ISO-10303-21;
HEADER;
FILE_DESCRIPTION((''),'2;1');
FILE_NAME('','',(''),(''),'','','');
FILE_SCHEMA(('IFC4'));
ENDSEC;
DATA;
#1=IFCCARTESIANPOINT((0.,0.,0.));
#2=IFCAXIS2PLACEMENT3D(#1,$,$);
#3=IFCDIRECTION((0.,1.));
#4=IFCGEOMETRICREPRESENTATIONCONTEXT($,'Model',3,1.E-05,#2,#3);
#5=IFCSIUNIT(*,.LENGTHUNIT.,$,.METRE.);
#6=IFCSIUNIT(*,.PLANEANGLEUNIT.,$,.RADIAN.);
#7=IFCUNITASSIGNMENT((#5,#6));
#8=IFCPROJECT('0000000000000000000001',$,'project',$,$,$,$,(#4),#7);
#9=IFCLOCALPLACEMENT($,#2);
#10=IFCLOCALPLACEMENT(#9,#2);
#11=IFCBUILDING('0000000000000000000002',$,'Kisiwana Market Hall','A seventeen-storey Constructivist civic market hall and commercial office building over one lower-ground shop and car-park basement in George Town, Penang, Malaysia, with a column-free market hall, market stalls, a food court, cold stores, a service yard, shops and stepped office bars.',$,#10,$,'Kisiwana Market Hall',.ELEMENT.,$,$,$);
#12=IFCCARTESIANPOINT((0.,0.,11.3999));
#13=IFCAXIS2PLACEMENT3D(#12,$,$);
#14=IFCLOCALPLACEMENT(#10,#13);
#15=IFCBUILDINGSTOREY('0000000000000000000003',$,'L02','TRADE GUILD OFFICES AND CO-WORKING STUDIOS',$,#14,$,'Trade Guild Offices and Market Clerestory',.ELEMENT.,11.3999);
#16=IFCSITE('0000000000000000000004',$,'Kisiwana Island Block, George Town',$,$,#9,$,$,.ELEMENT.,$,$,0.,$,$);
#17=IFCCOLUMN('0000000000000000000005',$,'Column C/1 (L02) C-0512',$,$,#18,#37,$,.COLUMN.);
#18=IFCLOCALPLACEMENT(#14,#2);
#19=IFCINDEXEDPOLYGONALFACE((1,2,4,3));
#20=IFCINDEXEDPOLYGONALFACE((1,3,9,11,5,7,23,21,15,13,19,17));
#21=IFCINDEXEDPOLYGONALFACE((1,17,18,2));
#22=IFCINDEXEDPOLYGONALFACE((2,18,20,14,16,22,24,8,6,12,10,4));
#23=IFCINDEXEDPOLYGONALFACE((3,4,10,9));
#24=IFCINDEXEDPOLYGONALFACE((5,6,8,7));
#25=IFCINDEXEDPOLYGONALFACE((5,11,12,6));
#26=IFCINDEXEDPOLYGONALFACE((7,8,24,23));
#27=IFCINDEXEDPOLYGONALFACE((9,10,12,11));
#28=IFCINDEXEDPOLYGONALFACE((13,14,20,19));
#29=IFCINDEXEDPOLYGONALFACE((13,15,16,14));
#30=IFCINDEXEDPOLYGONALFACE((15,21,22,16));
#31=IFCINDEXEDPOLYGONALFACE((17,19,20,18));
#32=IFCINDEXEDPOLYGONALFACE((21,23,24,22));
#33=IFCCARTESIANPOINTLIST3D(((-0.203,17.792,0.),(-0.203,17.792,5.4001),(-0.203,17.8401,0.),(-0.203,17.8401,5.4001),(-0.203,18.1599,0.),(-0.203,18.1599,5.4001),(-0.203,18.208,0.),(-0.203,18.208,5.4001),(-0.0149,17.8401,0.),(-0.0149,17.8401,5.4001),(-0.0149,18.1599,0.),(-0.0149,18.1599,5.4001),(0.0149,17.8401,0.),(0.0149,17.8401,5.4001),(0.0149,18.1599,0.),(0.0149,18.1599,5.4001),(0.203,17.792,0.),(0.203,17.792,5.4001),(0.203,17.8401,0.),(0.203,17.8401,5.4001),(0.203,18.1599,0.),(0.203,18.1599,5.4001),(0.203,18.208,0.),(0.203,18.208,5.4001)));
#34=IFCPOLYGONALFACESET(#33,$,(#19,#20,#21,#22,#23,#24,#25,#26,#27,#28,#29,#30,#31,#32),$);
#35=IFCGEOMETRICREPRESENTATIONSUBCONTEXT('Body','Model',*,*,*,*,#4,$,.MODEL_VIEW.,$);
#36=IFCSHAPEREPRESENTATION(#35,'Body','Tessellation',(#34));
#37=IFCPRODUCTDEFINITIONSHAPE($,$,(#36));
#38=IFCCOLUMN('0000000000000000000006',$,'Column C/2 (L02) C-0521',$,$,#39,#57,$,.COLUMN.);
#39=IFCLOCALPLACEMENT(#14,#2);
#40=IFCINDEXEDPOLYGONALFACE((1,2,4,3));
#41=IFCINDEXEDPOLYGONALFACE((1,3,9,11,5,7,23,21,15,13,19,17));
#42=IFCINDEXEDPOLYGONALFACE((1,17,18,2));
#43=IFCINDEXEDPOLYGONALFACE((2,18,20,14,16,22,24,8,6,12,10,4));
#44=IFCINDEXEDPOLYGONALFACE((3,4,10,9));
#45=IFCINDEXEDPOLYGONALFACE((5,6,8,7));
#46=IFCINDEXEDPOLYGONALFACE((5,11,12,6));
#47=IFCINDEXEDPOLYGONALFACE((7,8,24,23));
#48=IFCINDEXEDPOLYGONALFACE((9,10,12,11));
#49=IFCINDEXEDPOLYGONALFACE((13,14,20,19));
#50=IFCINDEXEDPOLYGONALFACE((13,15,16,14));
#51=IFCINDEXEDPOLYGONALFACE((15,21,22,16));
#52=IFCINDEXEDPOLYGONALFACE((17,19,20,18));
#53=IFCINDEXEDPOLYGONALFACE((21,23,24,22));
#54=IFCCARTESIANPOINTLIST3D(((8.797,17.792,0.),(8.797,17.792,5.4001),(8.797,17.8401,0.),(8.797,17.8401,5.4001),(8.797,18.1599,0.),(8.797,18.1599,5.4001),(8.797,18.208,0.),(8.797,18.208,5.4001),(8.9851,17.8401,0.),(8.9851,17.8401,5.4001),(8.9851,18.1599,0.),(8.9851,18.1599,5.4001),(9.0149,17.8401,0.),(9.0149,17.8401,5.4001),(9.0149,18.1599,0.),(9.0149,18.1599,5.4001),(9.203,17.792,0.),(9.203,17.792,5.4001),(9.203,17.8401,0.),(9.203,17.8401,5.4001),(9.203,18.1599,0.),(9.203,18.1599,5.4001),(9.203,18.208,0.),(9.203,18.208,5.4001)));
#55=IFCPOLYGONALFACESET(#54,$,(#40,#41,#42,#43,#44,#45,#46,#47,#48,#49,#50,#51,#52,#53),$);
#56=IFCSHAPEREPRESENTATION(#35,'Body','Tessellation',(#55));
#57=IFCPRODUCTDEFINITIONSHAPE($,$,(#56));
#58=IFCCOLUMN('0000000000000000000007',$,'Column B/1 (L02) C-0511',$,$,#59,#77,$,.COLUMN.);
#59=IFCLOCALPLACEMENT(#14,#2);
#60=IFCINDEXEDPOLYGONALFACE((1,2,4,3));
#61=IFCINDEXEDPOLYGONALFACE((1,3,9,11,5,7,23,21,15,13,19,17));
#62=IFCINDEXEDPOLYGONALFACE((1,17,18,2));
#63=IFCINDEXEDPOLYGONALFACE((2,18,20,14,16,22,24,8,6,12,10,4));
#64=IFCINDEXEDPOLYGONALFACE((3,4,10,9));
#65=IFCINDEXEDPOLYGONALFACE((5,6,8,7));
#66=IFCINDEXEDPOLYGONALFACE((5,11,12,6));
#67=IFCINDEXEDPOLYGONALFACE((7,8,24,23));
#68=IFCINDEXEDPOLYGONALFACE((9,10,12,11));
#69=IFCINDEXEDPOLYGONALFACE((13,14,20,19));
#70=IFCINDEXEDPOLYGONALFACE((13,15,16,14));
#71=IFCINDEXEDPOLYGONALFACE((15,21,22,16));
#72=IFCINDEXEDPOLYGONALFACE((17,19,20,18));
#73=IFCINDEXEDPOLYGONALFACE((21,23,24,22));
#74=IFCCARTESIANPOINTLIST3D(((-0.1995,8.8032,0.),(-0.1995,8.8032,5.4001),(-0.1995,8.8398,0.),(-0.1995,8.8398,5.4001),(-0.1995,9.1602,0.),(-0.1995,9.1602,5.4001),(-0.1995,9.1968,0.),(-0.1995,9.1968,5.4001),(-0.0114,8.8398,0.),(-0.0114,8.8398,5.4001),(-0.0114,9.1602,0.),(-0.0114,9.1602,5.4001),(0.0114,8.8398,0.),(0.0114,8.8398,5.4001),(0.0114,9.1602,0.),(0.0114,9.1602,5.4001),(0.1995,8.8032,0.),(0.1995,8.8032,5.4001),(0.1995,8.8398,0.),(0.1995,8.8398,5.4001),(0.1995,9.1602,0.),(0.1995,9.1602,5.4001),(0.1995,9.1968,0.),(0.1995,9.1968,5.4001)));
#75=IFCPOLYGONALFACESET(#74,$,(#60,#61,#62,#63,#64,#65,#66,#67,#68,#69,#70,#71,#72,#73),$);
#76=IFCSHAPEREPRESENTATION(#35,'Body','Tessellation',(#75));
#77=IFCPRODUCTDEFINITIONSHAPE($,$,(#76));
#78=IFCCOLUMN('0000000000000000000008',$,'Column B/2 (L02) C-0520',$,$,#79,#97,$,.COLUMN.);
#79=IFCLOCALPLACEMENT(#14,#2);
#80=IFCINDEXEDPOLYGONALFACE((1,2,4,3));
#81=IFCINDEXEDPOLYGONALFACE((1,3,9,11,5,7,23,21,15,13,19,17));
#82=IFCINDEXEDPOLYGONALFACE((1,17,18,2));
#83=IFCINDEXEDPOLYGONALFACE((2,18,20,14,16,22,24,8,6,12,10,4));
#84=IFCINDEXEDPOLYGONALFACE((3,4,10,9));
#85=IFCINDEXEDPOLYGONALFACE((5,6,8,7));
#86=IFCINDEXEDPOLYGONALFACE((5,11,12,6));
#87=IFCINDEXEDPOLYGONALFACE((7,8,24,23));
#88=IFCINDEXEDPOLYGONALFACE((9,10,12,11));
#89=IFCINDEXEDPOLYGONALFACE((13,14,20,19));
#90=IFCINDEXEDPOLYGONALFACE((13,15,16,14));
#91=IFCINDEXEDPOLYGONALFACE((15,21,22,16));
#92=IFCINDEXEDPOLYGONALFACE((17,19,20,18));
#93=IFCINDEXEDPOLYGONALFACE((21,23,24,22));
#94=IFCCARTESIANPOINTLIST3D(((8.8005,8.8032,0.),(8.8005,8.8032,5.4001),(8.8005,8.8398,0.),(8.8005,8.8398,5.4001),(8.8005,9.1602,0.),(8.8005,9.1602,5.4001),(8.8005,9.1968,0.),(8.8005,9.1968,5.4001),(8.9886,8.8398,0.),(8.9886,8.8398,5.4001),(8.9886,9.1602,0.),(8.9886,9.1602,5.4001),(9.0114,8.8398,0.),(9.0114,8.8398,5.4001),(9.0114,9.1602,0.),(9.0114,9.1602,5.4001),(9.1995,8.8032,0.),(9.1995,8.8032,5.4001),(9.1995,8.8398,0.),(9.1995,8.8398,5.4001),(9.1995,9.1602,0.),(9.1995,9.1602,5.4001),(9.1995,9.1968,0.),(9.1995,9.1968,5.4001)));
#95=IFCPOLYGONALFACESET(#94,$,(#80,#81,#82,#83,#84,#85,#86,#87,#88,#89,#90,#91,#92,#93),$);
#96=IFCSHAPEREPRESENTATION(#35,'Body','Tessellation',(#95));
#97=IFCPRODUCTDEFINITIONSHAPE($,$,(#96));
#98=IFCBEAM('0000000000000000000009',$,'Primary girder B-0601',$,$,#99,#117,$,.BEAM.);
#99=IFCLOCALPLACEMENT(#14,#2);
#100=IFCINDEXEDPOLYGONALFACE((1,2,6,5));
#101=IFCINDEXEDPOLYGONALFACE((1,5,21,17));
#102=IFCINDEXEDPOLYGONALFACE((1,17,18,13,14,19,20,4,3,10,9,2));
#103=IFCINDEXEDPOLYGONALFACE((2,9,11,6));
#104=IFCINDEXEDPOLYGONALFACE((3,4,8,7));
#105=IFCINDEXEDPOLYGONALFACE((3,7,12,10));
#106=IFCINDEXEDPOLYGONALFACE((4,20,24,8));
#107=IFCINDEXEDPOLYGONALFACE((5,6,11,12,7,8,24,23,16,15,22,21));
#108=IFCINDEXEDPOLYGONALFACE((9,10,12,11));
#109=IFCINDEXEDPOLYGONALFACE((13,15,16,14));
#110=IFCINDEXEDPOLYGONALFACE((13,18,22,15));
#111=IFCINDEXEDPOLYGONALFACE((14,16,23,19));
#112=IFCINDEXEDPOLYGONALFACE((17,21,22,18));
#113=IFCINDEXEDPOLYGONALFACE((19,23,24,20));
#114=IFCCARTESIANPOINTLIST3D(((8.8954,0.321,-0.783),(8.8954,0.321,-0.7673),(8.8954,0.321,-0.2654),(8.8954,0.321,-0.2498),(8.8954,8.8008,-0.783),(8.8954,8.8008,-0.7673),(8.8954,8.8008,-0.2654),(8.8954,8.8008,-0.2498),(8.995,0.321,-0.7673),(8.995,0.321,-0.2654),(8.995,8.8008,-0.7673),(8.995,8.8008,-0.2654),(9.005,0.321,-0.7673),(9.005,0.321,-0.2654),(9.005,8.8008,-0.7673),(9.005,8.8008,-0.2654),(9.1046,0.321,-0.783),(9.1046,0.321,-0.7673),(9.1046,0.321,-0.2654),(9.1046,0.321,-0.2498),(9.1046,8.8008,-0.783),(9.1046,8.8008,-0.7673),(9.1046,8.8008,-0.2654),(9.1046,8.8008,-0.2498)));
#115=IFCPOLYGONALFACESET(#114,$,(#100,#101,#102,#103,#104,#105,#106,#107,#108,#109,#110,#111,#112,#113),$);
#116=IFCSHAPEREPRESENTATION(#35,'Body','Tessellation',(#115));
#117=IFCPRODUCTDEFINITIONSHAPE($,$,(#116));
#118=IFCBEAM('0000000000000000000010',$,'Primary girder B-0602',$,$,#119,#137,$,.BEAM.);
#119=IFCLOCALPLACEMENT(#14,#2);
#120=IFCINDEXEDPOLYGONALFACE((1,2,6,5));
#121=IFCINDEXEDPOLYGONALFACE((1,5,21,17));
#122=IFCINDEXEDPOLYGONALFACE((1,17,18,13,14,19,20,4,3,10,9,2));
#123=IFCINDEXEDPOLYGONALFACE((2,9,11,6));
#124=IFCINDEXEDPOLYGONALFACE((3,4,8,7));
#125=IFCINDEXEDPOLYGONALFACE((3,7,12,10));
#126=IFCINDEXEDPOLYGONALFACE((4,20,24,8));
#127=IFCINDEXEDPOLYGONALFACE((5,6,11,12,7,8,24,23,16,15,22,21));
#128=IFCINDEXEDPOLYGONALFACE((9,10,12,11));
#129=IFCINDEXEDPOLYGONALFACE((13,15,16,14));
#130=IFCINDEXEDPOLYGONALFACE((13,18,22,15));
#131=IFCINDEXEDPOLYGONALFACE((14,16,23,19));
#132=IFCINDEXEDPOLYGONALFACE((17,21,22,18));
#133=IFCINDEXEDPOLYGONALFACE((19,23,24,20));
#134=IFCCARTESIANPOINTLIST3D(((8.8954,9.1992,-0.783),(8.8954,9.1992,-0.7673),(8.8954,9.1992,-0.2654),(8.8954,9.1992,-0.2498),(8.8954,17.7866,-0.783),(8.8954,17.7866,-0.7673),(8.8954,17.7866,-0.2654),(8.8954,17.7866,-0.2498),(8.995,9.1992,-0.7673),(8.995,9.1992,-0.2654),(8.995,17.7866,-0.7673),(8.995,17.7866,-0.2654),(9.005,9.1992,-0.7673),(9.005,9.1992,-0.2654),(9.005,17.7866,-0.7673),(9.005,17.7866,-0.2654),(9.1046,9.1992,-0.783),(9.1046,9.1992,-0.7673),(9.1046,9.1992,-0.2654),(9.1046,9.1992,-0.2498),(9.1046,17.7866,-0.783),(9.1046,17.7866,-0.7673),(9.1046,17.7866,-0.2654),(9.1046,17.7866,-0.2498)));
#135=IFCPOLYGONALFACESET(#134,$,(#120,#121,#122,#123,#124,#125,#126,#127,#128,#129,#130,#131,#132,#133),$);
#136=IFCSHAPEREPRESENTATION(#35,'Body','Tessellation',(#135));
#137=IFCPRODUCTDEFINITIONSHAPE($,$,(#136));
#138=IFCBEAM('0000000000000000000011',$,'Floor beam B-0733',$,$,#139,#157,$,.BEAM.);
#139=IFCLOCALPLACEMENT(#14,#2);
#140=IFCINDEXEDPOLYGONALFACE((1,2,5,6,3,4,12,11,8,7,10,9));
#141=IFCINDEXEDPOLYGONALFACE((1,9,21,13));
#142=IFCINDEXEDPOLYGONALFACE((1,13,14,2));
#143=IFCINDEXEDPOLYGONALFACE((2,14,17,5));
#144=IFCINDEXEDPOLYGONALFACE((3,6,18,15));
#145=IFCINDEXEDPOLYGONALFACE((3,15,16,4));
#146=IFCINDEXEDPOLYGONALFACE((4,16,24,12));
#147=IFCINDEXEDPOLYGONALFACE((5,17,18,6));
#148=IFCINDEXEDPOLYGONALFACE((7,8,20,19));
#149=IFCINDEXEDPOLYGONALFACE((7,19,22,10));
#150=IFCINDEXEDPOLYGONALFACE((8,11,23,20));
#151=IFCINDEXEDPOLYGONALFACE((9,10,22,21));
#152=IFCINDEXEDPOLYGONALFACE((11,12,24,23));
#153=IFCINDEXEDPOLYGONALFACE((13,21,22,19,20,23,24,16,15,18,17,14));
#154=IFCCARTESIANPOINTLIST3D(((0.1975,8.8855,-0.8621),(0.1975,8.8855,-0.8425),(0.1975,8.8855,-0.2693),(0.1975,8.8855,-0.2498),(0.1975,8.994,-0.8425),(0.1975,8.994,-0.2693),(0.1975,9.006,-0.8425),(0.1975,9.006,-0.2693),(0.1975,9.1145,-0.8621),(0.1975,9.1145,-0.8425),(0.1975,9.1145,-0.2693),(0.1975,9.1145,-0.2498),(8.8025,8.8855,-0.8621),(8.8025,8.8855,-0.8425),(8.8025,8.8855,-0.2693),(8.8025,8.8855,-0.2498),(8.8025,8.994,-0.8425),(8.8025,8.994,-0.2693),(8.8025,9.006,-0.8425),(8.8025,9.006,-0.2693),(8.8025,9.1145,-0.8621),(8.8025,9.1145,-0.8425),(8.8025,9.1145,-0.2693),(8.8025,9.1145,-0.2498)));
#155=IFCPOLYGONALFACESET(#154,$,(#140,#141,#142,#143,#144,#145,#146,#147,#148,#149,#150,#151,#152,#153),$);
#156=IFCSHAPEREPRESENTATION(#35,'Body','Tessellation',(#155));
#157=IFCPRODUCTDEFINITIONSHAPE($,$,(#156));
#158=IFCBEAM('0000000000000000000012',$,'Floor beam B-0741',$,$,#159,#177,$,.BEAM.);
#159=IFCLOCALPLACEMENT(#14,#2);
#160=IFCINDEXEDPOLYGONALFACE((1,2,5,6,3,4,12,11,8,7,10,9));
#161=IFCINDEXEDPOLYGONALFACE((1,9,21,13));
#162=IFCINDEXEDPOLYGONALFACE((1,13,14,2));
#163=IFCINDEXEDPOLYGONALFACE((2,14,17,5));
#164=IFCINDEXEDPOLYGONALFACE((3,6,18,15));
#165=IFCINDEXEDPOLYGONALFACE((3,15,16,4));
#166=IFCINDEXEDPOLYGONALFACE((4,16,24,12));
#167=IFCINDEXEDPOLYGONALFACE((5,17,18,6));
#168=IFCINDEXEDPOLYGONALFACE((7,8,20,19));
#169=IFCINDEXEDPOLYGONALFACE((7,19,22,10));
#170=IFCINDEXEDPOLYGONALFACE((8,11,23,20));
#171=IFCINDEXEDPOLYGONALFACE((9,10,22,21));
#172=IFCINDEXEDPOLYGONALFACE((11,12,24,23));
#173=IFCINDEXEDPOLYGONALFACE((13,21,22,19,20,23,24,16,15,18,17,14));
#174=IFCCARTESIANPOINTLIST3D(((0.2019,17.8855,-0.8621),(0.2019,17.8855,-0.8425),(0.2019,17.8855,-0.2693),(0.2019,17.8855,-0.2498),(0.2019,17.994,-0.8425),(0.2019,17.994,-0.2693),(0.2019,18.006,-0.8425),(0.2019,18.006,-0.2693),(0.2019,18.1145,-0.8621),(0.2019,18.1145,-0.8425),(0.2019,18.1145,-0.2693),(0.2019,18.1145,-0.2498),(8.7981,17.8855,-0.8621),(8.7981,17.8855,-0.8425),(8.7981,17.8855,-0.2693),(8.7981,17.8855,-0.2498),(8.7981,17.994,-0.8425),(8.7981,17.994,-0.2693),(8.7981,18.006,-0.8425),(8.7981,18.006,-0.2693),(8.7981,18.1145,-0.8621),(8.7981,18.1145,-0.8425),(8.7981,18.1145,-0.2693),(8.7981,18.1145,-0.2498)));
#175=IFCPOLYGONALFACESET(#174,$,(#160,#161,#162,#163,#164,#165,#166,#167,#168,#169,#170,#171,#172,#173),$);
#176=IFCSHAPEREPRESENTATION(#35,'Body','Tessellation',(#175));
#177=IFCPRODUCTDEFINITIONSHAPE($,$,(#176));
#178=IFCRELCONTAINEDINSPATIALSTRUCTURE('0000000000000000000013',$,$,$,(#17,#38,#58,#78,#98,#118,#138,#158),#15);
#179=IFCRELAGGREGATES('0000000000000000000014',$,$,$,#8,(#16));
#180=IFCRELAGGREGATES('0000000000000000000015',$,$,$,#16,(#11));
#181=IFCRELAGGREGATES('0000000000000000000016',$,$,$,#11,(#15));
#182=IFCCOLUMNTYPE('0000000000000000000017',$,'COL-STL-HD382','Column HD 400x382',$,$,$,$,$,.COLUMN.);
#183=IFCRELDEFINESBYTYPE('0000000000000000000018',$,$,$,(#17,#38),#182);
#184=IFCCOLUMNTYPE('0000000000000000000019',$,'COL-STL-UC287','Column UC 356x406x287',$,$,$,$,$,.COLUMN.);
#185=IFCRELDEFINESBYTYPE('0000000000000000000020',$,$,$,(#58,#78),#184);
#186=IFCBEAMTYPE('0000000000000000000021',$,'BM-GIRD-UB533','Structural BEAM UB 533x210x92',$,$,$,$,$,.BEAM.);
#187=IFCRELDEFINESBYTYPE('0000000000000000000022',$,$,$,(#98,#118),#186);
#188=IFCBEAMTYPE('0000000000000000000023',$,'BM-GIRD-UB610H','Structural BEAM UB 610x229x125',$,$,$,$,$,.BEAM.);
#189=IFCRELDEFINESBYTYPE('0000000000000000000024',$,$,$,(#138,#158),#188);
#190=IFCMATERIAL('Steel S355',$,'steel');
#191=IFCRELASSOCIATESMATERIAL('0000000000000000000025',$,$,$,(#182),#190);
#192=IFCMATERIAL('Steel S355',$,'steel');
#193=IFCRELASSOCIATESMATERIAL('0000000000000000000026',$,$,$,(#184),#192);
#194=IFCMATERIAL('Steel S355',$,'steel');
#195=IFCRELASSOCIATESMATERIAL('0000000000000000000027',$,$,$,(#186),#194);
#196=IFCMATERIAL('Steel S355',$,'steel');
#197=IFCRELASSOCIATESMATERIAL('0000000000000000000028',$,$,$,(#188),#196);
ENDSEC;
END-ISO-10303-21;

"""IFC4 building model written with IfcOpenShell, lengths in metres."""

from ifc_helpers import new_model, si_unit, direction, frame, origin, origin_2d, place, context, subcontext, project, spatial, i_section, extrude, material, material_profile, profile_set, type_object, element, save


model = new_model("IFC4")

# Units and contexts
model_context = context("Model", 3, precision=1e-05, world=origin(), true_north=direction((0.0, 1.0)))
body_context = subcontext(model_context, "Body", "Model", "MODEL_VIEW")
ifc_project = project(units=[si_unit("LENGTHUNIT", "METRE"), si_unit("PLANEANGLEUNIT", "RADIAN")], contexts=[model_context])

# Site, building, storey
site_placement = place(None, origin())
site = spatial("IfcSite", under=ifc_project, at=site_placement, Name="Kisiwana Island Block, George Town", CompositionType="ELEMENT", RefElevation=0.0)
building_placement = place(site_placement, origin())
building = spatial("IfcBuilding", under=site, at=building_placement, Name="Kisiwana Market Hall", Description="A seventeen-storey Constructivist civic market hall and commercial office building over one lower-ground shop and car-park basement in George Town, Penang, Malaysia, with a column-free market hall, market stalls, a food court, cold stores, a service yard, shops and stepped office bars.", LongName="Kisiwana Market Hall", CompositionType="ELEMENT")
storey_placement = place(building_placement, frame((0.0, 0.0, 11.3999)))
storey = spatial("IfcBuildingStorey", under=building, at=storey_placement, Name="L02", Description="TRADE GUILD OFFICES AND CO-WORKING STUDIOS", LongName="Trade Guild Offices and Market Clerestory", CompositionType="ELEMENT", Elevation=11.3999)

# Columns
ifc_material_1 = material(Name="Steel S355", Category="steel")
ifc_material_profile_1 = material_profile(ifc_material_1, i_section(OverallWidth=0.406, OverallDepth=0.416, WebThickness=0.0298, FlangeThickness=0.0481, at=origin_2d()), Name="HD 400x382")
ifc_profile_set_1 = profile_set([ifc_material_profile_1], Name="Steel S355")
column_type_1 = type_object("IfcColumnType", Name="COL-STL-HD382", Description="Column HD 400x382", PredefinedType="COLUMN", material=ifc_profile_set_1)
for number, where, z_axis, x_axis, name in (
    (1, (0.0, 18.0, 0.0), (0.0, 0.0, 1.0), (1.0, 0.0, 0.0), "Column C/1 (L02) C-0512"),
    (2, (9.0, 18.0, 0.0), (0.0, 0.0, 1.0), (1.0, 0.0, 0.0), "Column C/2 (L02) C-0521"),
):
    element("IfcColumn", number, at=place(storey_placement, frame(where, z_axis=z_axis, x_axis=x_axis)), inside=storey, type_object=column_type_1, Name=name, PredefinedType="COLUMN", context=body_context, shape_type="SweptSolid", body=[
        extrude(i_section(OverallWidth=0.406, OverallDepth=0.416, WebThickness=0.0298, FlangeThickness=0.0481, at=origin_2d()), origin(), (0.0, 0.0, 1.0), 5.4001),
    ])
ifc_material_2 = material(Name="Steel S355", Category="steel")
ifc_material_profile_2 = material_profile(ifc_material_2, i_section(OverallWidth=0.3989, OverallDepth=0.3936, WebThickness=0.0227, FlangeThickness=0.0366, at=origin_2d()), Name="UC 356x406x287")
ifc_profile_set_2 = profile_set([ifc_material_profile_2], Name="Steel S355")
column_type_2 = type_object("IfcColumnType", Name="COL-STL-UC287", Description="Column UC 356x406x287", PredefinedType="COLUMN", material=ifc_profile_set_2)
for number, where, z_axis, x_axis, name in (
    (3, (0.0, 9.0, 0.0), (0.0, 0.0, 1.0), (1.0, 0.0, 0.0), "Column B/1 (L02) C-0511"),
    (4, (9.0, 9.0, 0.0), (0.0, 0.0, 1.0), (1.0, 0.0, 0.0), "Column B/2 (L02) C-0520"),
):
    element("IfcColumn", number, at=place(storey_placement, frame(where, z_axis=z_axis, x_axis=x_axis)), inside=storey, type_object=column_type_2, Name=name, PredefinedType="COLUMN", context=body_context, shape_type="SweptSolid", body=[
        extrude(i_section(OverallWidth=0.3989, OverallDepth=0.3936, WebThickness=0.0227, FlangeThickness=0.0366, at=origin_2d()), origin(), (0.0, 0.0, 1.0), 5.4001),
    ])

# Beams
ifc_material_3 = material(Name="Steel S355", Category="steel")
ifc_material_profile_3 = material_profile(ifc_material_3, i_section(OverallWidth=0.2092, OverallDepth=0.5332, WebThickness=0.01, FlangeThickness=0.0156, at=origin_2d()), Name="UB 533x210x92")
ifc_profile_set_3 = profile_set([ifc_material_profile_3], Name="Steel S355")
beam_type_1 = type_object("IfcBeamType", Name="BM-GIRD-UB533", Description="Structural BEAM UB 533x210x92", PredefinedType="BEAM", material=ifc_profile_set_3)
beam_1_placement = place(storey_placement, frame((9.0, 0.321, -0.5164), z_axis=(0.0, 1.0, 0.0), x_axis=(-1.0, 0.0, 0.0)))
element("IfcBeam", 5, at=beam_1_placement, inside=storey, type_object=beam_type_1, Name="Primary girder B-0601", PredefinedType="BEAM", context=body_context, shape_type="SweptSolid", body=[
    extrude(i_section(OverallWidth=0.2092, OverallDepth=0.5332, WebThickness=0.01, FlangeThickness=0.0156, at=origin_2d()), origin(), (0.0, 0.0, 1.0), 8.4797),
])
beam_2_placement = place(storey_placement, frame((9.0, 9.1992, -0.5164), z_axis=(0.0, 1.0, 0.0), x_axis=(-1.0, 0.0, 0.0)))
element("IfcBeam", 6, at=beam_2_placement, inside=storey, type_object=beam_type_1, Name="Primary girder B-0602", PredefinedType="BEAM", context=body_context, shape_type="SweptSolid", body=[
    extrude(i_section(OverallWidth=0.2092, OverallDepth=0.5332, WebThickness=0.01, FlangeThickness=0.0156, at=origin_2d()), origin(), (0.0, 0.0, 1.0), 8.5874),
])
ifc_material_4 = material(Name="Steel S355", Category="steel")
ifc_material_profile_4 = material_profile(ifc_material_4, i_section(OverallWidth=0.229, OverallDepth=0.6123, WebThickness=0.012, FlangeThickness=0.0195, at=origin_2d()), Name="UB 610x229x125")
ifc_profile_set_4 = profile_set([ifc_material_profile_4], Name="Steel S355")
beam_type_2 = type_object("IfcBeamType", Name="BM-GIRD-UB610H", Description="Structural BEAM UB 610x229x125", PredefinedType="BEAM", material=ifc_profile_set_4)
beam_3_placement = place(storey_placement, frame((0.1975, 9.0, -0.5559), z_axis=(1.0, 0.0, 0.0), x_axis=(0.0, 1.0, 0.0)))
element("IfcBeam", 7, at=beam_3_placement, inside=storey, type_object=beam_type_2, Name="Floor beam B-0733", PredefinedType="BEAM", context=body_context, shape_type="SweptSolid", body=[
    extrude(i_section(OverallWidth=0.229, OverallDepth=0.6123, WebThickness=0.012, FlangeThickness=0.0195, at=origin_2d()), origin(), (0.0, 0.0, 1.0), 8.605),
])
beam_4_placement = place(storey_placement, frame((0.2019, 18.0, -0.5559), z_axis=(1.0, 0.0, 0.0), x_axis=(0.0, 1.0, 0.0)))
element("IfcBeam", 8, at=beam_4_placement, inside=storey, type_object=beam_type_2, Name="Floor beam B-0741", PredefinedType="BEAM", context=body_context, shape_type="SweptSolid", body=[
    extrude(i_section(OverallWidth=0.229, OverallDepth=0.6123, WebThickness=0.012, FlangeThickness=0.0195, at=origin_2d()), origin(), (0.0, 0.0, 1.0), 8.5962),
])

save(model, "model.ifc")
